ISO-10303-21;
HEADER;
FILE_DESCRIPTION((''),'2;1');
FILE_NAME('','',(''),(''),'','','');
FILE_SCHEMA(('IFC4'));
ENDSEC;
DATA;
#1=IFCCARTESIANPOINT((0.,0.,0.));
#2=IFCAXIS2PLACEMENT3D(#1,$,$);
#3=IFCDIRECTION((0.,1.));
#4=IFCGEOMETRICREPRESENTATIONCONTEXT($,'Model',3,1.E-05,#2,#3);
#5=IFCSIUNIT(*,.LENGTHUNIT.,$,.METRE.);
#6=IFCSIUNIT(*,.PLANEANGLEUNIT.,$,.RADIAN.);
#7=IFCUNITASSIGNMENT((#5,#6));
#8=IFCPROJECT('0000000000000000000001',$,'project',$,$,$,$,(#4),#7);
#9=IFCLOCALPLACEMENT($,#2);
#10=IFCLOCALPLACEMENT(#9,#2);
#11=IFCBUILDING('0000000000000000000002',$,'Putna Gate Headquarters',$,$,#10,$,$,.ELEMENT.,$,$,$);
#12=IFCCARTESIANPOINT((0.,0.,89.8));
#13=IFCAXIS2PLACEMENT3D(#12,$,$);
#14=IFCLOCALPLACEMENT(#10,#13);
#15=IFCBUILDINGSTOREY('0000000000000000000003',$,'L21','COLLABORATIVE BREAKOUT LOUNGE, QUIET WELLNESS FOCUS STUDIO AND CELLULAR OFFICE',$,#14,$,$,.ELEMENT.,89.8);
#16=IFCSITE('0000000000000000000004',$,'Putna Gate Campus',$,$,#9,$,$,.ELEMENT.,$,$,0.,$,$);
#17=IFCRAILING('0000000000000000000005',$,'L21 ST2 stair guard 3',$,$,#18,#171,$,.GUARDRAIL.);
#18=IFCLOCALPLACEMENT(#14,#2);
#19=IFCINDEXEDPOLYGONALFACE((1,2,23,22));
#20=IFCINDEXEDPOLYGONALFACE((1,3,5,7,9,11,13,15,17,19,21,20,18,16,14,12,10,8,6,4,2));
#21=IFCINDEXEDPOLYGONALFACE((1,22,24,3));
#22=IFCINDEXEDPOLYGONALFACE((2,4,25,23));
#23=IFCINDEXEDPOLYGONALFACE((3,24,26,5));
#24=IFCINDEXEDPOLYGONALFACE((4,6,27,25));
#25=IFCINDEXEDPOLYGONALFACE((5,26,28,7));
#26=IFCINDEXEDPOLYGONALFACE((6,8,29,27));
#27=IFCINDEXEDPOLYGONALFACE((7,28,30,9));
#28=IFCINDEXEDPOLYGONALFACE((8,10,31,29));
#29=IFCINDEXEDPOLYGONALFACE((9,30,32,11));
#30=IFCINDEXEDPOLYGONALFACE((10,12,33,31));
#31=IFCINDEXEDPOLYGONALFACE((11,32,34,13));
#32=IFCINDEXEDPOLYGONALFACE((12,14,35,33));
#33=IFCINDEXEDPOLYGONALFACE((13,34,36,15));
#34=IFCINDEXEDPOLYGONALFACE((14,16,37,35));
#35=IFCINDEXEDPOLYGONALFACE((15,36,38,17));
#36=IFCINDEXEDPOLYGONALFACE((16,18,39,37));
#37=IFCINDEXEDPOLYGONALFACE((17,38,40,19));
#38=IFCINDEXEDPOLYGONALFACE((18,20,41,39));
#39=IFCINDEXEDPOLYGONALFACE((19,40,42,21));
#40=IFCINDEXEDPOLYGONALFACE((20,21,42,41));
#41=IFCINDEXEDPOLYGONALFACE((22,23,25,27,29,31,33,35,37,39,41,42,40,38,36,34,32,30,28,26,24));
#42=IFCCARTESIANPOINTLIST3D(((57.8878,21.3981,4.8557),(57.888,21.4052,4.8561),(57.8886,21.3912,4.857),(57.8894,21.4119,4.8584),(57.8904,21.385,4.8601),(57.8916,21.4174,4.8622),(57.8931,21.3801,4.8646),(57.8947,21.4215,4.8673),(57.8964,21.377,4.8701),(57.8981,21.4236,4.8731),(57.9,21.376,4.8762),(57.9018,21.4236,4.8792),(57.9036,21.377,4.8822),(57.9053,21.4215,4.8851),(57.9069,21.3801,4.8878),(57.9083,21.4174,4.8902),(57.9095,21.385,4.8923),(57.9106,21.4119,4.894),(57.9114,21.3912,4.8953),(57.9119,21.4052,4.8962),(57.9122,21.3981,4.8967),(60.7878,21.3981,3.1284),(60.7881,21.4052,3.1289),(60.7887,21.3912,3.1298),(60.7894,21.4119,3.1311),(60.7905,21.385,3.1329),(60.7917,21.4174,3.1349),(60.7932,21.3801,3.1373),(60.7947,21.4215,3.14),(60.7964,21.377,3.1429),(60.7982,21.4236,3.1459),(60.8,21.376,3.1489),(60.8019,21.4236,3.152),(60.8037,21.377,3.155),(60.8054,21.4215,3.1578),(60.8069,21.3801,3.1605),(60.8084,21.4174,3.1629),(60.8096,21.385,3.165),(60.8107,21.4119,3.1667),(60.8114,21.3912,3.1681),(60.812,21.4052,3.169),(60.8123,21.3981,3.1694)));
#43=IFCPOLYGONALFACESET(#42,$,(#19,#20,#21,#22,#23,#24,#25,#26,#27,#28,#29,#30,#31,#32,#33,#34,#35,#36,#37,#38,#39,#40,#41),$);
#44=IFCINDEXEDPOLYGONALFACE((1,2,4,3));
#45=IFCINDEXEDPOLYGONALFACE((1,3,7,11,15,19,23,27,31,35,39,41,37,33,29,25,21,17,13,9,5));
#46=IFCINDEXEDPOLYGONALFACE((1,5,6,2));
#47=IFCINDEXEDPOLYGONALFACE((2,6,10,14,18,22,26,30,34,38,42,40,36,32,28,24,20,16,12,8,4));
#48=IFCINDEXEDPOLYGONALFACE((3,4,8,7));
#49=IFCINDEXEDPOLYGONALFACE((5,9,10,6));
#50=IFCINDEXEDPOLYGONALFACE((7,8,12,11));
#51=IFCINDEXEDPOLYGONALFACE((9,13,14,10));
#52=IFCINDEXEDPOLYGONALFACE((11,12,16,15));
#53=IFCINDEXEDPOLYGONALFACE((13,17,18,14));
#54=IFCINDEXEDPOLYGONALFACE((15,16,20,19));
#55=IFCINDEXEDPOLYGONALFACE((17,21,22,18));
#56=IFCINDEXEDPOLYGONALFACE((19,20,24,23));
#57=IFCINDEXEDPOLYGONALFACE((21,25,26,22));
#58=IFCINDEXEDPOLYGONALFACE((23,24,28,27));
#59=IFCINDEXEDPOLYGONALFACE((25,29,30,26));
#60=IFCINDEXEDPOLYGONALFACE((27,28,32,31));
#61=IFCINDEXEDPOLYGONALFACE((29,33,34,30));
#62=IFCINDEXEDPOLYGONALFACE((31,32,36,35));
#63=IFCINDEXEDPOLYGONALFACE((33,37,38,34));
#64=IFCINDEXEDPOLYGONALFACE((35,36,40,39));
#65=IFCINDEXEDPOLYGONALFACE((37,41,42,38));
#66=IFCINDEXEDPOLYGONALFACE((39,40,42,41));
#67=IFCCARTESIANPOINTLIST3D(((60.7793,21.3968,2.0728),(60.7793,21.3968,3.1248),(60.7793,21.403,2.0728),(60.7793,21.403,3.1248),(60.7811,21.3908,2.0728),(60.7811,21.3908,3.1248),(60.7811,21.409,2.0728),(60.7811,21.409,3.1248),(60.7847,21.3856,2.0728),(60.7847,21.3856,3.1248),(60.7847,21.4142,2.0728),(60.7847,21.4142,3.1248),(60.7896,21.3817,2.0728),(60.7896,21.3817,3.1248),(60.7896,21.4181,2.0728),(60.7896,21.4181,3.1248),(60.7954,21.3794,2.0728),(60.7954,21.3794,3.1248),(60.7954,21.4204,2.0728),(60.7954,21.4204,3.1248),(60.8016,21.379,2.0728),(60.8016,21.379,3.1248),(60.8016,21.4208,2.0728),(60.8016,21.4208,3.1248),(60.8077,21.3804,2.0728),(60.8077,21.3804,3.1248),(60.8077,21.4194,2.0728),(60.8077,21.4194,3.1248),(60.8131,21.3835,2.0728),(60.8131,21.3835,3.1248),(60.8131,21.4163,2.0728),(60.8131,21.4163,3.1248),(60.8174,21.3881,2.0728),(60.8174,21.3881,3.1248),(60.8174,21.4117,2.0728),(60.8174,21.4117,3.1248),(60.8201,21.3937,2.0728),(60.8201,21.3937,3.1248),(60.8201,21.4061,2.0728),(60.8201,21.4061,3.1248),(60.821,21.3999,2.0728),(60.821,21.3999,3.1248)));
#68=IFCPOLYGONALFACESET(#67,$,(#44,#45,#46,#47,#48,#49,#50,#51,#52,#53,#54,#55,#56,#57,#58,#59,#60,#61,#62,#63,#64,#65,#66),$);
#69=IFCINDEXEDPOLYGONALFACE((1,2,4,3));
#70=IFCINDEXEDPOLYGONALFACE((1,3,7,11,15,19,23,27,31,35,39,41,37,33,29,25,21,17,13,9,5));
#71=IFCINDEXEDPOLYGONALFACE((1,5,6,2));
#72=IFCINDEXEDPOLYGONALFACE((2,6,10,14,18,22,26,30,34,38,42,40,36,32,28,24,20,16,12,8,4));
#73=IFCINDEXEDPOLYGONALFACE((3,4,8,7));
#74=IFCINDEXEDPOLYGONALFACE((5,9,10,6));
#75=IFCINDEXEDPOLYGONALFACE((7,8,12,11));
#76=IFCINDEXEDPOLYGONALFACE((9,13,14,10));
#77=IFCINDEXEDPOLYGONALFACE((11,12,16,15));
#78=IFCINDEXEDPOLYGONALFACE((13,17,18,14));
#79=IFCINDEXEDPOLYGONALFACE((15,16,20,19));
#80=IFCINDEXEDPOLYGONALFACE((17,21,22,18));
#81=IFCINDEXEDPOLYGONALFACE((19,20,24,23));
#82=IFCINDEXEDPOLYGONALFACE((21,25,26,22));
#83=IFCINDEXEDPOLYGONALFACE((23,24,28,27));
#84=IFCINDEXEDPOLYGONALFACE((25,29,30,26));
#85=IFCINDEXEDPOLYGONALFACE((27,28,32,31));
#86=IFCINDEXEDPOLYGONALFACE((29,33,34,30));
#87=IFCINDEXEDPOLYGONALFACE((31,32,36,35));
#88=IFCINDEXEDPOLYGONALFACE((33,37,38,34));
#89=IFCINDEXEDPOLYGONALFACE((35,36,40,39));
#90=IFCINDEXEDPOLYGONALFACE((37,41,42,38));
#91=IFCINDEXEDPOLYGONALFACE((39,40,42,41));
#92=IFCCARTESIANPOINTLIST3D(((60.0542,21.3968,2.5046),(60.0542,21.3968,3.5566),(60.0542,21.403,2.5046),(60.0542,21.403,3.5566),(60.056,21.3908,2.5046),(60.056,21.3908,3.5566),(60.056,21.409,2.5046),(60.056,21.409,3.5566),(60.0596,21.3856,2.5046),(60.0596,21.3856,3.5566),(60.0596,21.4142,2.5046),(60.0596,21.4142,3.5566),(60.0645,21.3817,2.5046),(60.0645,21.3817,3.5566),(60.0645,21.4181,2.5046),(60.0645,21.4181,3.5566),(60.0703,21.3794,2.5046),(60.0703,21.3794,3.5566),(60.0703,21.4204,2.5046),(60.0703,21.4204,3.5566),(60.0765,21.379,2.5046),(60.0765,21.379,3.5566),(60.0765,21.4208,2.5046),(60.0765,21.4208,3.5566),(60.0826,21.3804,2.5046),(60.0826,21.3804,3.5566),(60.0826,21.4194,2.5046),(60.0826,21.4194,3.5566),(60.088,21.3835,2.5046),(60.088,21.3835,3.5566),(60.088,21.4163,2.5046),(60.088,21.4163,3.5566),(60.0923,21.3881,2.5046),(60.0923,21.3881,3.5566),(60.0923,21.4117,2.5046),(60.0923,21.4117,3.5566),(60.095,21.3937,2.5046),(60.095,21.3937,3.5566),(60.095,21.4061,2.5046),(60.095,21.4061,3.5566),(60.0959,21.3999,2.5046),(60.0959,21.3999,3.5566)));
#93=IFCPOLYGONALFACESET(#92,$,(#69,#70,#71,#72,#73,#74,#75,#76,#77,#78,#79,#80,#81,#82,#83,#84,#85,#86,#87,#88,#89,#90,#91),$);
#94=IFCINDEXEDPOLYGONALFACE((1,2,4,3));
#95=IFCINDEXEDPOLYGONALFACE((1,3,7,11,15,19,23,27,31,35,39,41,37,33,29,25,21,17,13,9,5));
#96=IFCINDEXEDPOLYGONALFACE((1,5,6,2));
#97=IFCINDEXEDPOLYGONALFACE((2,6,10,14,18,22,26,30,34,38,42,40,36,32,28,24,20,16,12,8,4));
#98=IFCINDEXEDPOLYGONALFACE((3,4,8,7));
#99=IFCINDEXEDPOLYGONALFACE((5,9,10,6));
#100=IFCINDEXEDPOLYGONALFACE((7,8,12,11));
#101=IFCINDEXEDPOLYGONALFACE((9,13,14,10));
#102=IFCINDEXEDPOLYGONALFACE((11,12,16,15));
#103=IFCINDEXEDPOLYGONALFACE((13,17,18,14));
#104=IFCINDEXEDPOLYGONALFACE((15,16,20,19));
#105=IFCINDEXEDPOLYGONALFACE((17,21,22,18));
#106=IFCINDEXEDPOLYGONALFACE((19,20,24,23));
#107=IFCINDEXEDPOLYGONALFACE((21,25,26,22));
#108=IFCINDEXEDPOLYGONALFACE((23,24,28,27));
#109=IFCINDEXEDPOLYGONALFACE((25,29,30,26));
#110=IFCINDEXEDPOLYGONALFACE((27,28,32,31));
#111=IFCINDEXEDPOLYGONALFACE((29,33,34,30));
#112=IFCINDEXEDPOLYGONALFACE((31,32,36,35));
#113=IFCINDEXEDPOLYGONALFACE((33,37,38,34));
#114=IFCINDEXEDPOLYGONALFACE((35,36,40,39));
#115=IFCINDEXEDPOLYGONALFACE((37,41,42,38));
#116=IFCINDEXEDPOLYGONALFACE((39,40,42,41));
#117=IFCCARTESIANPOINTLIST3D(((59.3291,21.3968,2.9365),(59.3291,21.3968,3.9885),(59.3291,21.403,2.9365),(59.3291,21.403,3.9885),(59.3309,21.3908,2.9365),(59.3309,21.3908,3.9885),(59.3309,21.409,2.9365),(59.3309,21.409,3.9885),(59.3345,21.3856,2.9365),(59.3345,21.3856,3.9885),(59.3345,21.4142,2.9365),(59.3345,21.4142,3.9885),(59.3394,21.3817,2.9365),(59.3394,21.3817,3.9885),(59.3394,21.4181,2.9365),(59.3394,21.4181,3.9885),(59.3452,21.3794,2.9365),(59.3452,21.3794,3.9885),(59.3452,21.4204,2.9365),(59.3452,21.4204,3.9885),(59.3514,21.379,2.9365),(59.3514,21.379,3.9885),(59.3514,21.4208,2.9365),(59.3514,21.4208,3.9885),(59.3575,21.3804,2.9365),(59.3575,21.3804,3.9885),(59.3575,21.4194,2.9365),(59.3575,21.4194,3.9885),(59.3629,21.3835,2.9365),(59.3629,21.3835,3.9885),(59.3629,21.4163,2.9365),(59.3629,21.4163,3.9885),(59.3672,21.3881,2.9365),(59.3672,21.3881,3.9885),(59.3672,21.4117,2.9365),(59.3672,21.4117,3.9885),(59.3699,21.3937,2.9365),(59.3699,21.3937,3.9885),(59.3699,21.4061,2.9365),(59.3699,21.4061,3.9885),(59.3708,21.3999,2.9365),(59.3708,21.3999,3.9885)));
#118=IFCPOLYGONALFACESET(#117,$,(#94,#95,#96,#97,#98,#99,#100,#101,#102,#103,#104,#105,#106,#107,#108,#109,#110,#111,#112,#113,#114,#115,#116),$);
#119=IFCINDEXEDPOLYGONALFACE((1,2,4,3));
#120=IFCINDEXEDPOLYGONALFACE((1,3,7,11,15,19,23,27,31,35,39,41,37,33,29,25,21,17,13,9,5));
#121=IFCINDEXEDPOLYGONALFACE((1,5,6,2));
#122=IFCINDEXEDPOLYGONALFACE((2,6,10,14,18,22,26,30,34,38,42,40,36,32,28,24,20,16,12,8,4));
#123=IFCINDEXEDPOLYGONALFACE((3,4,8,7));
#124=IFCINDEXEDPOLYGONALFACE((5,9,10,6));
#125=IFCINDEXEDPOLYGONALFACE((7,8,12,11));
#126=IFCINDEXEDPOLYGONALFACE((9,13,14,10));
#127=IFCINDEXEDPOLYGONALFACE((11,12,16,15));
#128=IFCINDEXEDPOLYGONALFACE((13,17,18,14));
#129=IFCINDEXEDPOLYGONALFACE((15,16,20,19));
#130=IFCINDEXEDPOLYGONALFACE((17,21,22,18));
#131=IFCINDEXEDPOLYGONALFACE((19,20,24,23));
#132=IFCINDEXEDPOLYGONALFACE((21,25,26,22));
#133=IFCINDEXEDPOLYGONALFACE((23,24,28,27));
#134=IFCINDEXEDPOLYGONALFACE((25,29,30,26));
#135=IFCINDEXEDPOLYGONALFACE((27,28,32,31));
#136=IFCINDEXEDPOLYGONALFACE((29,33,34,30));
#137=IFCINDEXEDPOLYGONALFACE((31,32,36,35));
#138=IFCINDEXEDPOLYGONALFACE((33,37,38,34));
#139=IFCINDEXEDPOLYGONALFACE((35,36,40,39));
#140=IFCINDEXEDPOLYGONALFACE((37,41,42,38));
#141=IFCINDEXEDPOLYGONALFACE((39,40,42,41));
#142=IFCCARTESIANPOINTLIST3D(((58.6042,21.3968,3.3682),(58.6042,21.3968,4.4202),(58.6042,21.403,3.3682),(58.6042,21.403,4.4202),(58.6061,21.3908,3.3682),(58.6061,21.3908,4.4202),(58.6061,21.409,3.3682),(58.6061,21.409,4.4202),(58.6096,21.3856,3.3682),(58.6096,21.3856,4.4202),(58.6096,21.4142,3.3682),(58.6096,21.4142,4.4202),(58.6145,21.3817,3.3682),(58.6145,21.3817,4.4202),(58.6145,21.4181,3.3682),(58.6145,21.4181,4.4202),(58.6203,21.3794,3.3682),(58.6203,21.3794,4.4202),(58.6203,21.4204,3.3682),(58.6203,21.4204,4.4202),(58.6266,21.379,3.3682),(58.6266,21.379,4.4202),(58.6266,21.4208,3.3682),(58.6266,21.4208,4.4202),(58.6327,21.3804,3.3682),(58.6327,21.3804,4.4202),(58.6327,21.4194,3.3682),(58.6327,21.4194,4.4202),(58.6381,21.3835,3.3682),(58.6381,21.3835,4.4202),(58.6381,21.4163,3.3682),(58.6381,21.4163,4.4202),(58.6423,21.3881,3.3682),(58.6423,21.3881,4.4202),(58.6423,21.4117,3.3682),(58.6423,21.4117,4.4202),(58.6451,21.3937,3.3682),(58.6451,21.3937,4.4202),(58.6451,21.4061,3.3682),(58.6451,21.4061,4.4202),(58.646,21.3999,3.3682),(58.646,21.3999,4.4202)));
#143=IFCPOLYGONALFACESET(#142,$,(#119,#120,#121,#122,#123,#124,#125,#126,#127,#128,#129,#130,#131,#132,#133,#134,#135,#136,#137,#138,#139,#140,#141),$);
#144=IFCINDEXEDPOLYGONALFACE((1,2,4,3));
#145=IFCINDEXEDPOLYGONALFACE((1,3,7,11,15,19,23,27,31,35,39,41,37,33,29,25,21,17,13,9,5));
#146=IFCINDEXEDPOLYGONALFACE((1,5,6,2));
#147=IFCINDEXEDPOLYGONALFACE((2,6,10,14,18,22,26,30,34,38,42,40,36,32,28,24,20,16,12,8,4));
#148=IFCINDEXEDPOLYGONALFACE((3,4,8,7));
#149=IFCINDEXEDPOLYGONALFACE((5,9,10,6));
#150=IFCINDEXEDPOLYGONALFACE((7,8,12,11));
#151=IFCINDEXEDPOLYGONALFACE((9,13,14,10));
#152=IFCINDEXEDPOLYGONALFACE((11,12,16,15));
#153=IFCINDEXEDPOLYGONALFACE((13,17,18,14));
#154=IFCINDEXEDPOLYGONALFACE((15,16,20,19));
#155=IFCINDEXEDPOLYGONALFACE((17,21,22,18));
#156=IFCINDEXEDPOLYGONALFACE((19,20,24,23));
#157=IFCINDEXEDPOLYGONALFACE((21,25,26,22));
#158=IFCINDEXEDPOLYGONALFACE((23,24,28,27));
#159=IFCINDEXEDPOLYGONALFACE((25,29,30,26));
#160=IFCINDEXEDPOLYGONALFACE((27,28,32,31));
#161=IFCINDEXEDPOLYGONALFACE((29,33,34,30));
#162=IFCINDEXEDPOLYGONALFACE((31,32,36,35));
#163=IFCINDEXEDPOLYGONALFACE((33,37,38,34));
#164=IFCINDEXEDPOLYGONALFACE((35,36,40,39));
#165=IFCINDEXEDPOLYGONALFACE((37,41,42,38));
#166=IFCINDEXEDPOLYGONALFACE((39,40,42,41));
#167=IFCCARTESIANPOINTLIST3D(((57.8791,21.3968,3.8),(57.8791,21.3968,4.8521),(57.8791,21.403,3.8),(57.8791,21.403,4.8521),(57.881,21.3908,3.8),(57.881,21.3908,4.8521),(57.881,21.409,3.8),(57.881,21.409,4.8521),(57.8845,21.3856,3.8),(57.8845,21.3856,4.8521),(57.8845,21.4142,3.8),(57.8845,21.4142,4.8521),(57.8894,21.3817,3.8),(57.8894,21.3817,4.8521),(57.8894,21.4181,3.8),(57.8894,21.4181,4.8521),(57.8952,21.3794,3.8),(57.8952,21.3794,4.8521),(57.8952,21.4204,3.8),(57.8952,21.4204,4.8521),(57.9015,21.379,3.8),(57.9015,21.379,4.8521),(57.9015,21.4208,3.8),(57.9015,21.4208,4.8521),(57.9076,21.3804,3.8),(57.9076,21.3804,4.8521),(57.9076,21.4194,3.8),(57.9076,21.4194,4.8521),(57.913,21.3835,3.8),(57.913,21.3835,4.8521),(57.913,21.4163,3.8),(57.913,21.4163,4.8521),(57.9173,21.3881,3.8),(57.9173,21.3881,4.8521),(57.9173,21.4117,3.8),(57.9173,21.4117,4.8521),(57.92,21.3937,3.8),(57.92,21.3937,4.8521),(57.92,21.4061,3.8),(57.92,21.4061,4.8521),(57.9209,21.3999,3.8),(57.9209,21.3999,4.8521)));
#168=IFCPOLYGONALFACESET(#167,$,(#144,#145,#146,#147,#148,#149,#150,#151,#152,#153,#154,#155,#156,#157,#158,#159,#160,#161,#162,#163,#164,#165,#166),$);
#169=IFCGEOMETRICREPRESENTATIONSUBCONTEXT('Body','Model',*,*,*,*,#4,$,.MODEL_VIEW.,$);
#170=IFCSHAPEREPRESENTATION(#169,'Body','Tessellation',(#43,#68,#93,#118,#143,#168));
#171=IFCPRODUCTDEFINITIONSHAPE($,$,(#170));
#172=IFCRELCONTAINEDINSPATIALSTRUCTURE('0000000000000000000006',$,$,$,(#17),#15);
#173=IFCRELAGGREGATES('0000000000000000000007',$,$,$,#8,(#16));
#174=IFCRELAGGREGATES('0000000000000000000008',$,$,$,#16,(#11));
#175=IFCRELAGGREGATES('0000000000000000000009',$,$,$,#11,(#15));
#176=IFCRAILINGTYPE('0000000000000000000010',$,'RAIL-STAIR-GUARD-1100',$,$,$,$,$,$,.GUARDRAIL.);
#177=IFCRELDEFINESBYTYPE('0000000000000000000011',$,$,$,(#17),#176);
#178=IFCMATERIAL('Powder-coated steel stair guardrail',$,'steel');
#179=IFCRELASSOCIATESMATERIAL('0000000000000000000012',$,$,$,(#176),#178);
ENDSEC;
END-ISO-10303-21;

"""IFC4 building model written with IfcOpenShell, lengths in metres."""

from ifc_helpers import new_model, si_unit, direction, frame, origin, origin_2d, place, context, subcontext, project, spatial, circle, extrude, material, type_object, element, save


model = new_model("IFC4")

# Units and contexts
model_context = context("Model", 3, precision=1e-05, world=origin(), true_north=direction((0.0, 1.0)))
body_context = subcontext(model_context, "Body", "Model", "MODEL_VIEW")
ifc_project = project(units=[si_unit("LENGTHUNIT", "METRE"), si_unit("PLANEANGLEUNIT", "RADIAN")], contexts=[model_context])

# Site, building, storey
site_placement = place(None, origin())
site = spatial("IfcSite", under=ifc_project, at=site_placement, Name="Putna Gate Campus", CompositionType="ELEMENT", RefElevation=0.0)
building_placement = place(site_placement, origin())
building = spatial("IfcBuilding", under=site, at=building_placement, Name="Putna Gate Headquarters", CompositionType="ELEMENT")
storey_placement = place(building_placement, frame((0.0, 0.0, 89.8)))
storey = spatial("IfcBuildingStorey", under=building, at=storey_placement, Name="L21", Description="COLLABORATIVE BREAKOUT LOUNGE, QUIET WELLNESS FOCUS STUDIO AND CELLULAR OFFICE", CompositionType="ELEMENT", Elevation=89.8)

# Railing
ifc_material_1 = material(Name="Powder-coated steel stair guardrail", Category="steel")
railing_type_1 = type_object("IfcRailingType", Name="RAIL-STAIR-GUARD-1100", PredefinedType="GUARDRAIL", material=ifc_material_1)
railing_1_placement = place(storey_placement, frame((60.8, 21.3999, 2.0728)))
element("IfcRailing", 1, at=railing_1_placement, inside=storey, type_object=railing_type_1, Name="L21 ST2 stair guard 3", PredefinedType="GUARDRAIL", context=body_context, shape_type="SweptSolid", body=[
    extrude(circle(Radius=0.0239, at=origin_2d()), frame((0.0, 0.0, 1.0762), z_axis=(-0.85916, 0.0, 0.511706), x_axis=(0.0, -1.0, 0.0)), (0.0, 0.0, 1.0), 3.3755),
    extrude(circle(Radius=0.021, at=origin_2d()), origin(), (0.0, 0.0, 1.0), 1.052),
    extrude(circle(Radius=0.021, at=origin_2d()), frame((-0.7251, 0.0, 0.4319)), (0.0, 0.0, 1.0), 1.052),
    extrude(circle(Radius=0.021, at=origin_2d()), frame((-1.4502, 0.0, 0.8638)), (0.0, 0.0, 1.0), 1.052),
    extrude(circle(Radius=0.021, at=origin_2d()), frame((-2.175, 0.0, 1.2954)), (0.0, 0.0, 1.0), 1.052),
    extrude(circle(Radius=0.021, at=origin_2d()), frame((-2.9001, 0.0, 1.7273)), (0.0, 0.0, 1.0), 1.052),
])

save(model, "model.ifc")
